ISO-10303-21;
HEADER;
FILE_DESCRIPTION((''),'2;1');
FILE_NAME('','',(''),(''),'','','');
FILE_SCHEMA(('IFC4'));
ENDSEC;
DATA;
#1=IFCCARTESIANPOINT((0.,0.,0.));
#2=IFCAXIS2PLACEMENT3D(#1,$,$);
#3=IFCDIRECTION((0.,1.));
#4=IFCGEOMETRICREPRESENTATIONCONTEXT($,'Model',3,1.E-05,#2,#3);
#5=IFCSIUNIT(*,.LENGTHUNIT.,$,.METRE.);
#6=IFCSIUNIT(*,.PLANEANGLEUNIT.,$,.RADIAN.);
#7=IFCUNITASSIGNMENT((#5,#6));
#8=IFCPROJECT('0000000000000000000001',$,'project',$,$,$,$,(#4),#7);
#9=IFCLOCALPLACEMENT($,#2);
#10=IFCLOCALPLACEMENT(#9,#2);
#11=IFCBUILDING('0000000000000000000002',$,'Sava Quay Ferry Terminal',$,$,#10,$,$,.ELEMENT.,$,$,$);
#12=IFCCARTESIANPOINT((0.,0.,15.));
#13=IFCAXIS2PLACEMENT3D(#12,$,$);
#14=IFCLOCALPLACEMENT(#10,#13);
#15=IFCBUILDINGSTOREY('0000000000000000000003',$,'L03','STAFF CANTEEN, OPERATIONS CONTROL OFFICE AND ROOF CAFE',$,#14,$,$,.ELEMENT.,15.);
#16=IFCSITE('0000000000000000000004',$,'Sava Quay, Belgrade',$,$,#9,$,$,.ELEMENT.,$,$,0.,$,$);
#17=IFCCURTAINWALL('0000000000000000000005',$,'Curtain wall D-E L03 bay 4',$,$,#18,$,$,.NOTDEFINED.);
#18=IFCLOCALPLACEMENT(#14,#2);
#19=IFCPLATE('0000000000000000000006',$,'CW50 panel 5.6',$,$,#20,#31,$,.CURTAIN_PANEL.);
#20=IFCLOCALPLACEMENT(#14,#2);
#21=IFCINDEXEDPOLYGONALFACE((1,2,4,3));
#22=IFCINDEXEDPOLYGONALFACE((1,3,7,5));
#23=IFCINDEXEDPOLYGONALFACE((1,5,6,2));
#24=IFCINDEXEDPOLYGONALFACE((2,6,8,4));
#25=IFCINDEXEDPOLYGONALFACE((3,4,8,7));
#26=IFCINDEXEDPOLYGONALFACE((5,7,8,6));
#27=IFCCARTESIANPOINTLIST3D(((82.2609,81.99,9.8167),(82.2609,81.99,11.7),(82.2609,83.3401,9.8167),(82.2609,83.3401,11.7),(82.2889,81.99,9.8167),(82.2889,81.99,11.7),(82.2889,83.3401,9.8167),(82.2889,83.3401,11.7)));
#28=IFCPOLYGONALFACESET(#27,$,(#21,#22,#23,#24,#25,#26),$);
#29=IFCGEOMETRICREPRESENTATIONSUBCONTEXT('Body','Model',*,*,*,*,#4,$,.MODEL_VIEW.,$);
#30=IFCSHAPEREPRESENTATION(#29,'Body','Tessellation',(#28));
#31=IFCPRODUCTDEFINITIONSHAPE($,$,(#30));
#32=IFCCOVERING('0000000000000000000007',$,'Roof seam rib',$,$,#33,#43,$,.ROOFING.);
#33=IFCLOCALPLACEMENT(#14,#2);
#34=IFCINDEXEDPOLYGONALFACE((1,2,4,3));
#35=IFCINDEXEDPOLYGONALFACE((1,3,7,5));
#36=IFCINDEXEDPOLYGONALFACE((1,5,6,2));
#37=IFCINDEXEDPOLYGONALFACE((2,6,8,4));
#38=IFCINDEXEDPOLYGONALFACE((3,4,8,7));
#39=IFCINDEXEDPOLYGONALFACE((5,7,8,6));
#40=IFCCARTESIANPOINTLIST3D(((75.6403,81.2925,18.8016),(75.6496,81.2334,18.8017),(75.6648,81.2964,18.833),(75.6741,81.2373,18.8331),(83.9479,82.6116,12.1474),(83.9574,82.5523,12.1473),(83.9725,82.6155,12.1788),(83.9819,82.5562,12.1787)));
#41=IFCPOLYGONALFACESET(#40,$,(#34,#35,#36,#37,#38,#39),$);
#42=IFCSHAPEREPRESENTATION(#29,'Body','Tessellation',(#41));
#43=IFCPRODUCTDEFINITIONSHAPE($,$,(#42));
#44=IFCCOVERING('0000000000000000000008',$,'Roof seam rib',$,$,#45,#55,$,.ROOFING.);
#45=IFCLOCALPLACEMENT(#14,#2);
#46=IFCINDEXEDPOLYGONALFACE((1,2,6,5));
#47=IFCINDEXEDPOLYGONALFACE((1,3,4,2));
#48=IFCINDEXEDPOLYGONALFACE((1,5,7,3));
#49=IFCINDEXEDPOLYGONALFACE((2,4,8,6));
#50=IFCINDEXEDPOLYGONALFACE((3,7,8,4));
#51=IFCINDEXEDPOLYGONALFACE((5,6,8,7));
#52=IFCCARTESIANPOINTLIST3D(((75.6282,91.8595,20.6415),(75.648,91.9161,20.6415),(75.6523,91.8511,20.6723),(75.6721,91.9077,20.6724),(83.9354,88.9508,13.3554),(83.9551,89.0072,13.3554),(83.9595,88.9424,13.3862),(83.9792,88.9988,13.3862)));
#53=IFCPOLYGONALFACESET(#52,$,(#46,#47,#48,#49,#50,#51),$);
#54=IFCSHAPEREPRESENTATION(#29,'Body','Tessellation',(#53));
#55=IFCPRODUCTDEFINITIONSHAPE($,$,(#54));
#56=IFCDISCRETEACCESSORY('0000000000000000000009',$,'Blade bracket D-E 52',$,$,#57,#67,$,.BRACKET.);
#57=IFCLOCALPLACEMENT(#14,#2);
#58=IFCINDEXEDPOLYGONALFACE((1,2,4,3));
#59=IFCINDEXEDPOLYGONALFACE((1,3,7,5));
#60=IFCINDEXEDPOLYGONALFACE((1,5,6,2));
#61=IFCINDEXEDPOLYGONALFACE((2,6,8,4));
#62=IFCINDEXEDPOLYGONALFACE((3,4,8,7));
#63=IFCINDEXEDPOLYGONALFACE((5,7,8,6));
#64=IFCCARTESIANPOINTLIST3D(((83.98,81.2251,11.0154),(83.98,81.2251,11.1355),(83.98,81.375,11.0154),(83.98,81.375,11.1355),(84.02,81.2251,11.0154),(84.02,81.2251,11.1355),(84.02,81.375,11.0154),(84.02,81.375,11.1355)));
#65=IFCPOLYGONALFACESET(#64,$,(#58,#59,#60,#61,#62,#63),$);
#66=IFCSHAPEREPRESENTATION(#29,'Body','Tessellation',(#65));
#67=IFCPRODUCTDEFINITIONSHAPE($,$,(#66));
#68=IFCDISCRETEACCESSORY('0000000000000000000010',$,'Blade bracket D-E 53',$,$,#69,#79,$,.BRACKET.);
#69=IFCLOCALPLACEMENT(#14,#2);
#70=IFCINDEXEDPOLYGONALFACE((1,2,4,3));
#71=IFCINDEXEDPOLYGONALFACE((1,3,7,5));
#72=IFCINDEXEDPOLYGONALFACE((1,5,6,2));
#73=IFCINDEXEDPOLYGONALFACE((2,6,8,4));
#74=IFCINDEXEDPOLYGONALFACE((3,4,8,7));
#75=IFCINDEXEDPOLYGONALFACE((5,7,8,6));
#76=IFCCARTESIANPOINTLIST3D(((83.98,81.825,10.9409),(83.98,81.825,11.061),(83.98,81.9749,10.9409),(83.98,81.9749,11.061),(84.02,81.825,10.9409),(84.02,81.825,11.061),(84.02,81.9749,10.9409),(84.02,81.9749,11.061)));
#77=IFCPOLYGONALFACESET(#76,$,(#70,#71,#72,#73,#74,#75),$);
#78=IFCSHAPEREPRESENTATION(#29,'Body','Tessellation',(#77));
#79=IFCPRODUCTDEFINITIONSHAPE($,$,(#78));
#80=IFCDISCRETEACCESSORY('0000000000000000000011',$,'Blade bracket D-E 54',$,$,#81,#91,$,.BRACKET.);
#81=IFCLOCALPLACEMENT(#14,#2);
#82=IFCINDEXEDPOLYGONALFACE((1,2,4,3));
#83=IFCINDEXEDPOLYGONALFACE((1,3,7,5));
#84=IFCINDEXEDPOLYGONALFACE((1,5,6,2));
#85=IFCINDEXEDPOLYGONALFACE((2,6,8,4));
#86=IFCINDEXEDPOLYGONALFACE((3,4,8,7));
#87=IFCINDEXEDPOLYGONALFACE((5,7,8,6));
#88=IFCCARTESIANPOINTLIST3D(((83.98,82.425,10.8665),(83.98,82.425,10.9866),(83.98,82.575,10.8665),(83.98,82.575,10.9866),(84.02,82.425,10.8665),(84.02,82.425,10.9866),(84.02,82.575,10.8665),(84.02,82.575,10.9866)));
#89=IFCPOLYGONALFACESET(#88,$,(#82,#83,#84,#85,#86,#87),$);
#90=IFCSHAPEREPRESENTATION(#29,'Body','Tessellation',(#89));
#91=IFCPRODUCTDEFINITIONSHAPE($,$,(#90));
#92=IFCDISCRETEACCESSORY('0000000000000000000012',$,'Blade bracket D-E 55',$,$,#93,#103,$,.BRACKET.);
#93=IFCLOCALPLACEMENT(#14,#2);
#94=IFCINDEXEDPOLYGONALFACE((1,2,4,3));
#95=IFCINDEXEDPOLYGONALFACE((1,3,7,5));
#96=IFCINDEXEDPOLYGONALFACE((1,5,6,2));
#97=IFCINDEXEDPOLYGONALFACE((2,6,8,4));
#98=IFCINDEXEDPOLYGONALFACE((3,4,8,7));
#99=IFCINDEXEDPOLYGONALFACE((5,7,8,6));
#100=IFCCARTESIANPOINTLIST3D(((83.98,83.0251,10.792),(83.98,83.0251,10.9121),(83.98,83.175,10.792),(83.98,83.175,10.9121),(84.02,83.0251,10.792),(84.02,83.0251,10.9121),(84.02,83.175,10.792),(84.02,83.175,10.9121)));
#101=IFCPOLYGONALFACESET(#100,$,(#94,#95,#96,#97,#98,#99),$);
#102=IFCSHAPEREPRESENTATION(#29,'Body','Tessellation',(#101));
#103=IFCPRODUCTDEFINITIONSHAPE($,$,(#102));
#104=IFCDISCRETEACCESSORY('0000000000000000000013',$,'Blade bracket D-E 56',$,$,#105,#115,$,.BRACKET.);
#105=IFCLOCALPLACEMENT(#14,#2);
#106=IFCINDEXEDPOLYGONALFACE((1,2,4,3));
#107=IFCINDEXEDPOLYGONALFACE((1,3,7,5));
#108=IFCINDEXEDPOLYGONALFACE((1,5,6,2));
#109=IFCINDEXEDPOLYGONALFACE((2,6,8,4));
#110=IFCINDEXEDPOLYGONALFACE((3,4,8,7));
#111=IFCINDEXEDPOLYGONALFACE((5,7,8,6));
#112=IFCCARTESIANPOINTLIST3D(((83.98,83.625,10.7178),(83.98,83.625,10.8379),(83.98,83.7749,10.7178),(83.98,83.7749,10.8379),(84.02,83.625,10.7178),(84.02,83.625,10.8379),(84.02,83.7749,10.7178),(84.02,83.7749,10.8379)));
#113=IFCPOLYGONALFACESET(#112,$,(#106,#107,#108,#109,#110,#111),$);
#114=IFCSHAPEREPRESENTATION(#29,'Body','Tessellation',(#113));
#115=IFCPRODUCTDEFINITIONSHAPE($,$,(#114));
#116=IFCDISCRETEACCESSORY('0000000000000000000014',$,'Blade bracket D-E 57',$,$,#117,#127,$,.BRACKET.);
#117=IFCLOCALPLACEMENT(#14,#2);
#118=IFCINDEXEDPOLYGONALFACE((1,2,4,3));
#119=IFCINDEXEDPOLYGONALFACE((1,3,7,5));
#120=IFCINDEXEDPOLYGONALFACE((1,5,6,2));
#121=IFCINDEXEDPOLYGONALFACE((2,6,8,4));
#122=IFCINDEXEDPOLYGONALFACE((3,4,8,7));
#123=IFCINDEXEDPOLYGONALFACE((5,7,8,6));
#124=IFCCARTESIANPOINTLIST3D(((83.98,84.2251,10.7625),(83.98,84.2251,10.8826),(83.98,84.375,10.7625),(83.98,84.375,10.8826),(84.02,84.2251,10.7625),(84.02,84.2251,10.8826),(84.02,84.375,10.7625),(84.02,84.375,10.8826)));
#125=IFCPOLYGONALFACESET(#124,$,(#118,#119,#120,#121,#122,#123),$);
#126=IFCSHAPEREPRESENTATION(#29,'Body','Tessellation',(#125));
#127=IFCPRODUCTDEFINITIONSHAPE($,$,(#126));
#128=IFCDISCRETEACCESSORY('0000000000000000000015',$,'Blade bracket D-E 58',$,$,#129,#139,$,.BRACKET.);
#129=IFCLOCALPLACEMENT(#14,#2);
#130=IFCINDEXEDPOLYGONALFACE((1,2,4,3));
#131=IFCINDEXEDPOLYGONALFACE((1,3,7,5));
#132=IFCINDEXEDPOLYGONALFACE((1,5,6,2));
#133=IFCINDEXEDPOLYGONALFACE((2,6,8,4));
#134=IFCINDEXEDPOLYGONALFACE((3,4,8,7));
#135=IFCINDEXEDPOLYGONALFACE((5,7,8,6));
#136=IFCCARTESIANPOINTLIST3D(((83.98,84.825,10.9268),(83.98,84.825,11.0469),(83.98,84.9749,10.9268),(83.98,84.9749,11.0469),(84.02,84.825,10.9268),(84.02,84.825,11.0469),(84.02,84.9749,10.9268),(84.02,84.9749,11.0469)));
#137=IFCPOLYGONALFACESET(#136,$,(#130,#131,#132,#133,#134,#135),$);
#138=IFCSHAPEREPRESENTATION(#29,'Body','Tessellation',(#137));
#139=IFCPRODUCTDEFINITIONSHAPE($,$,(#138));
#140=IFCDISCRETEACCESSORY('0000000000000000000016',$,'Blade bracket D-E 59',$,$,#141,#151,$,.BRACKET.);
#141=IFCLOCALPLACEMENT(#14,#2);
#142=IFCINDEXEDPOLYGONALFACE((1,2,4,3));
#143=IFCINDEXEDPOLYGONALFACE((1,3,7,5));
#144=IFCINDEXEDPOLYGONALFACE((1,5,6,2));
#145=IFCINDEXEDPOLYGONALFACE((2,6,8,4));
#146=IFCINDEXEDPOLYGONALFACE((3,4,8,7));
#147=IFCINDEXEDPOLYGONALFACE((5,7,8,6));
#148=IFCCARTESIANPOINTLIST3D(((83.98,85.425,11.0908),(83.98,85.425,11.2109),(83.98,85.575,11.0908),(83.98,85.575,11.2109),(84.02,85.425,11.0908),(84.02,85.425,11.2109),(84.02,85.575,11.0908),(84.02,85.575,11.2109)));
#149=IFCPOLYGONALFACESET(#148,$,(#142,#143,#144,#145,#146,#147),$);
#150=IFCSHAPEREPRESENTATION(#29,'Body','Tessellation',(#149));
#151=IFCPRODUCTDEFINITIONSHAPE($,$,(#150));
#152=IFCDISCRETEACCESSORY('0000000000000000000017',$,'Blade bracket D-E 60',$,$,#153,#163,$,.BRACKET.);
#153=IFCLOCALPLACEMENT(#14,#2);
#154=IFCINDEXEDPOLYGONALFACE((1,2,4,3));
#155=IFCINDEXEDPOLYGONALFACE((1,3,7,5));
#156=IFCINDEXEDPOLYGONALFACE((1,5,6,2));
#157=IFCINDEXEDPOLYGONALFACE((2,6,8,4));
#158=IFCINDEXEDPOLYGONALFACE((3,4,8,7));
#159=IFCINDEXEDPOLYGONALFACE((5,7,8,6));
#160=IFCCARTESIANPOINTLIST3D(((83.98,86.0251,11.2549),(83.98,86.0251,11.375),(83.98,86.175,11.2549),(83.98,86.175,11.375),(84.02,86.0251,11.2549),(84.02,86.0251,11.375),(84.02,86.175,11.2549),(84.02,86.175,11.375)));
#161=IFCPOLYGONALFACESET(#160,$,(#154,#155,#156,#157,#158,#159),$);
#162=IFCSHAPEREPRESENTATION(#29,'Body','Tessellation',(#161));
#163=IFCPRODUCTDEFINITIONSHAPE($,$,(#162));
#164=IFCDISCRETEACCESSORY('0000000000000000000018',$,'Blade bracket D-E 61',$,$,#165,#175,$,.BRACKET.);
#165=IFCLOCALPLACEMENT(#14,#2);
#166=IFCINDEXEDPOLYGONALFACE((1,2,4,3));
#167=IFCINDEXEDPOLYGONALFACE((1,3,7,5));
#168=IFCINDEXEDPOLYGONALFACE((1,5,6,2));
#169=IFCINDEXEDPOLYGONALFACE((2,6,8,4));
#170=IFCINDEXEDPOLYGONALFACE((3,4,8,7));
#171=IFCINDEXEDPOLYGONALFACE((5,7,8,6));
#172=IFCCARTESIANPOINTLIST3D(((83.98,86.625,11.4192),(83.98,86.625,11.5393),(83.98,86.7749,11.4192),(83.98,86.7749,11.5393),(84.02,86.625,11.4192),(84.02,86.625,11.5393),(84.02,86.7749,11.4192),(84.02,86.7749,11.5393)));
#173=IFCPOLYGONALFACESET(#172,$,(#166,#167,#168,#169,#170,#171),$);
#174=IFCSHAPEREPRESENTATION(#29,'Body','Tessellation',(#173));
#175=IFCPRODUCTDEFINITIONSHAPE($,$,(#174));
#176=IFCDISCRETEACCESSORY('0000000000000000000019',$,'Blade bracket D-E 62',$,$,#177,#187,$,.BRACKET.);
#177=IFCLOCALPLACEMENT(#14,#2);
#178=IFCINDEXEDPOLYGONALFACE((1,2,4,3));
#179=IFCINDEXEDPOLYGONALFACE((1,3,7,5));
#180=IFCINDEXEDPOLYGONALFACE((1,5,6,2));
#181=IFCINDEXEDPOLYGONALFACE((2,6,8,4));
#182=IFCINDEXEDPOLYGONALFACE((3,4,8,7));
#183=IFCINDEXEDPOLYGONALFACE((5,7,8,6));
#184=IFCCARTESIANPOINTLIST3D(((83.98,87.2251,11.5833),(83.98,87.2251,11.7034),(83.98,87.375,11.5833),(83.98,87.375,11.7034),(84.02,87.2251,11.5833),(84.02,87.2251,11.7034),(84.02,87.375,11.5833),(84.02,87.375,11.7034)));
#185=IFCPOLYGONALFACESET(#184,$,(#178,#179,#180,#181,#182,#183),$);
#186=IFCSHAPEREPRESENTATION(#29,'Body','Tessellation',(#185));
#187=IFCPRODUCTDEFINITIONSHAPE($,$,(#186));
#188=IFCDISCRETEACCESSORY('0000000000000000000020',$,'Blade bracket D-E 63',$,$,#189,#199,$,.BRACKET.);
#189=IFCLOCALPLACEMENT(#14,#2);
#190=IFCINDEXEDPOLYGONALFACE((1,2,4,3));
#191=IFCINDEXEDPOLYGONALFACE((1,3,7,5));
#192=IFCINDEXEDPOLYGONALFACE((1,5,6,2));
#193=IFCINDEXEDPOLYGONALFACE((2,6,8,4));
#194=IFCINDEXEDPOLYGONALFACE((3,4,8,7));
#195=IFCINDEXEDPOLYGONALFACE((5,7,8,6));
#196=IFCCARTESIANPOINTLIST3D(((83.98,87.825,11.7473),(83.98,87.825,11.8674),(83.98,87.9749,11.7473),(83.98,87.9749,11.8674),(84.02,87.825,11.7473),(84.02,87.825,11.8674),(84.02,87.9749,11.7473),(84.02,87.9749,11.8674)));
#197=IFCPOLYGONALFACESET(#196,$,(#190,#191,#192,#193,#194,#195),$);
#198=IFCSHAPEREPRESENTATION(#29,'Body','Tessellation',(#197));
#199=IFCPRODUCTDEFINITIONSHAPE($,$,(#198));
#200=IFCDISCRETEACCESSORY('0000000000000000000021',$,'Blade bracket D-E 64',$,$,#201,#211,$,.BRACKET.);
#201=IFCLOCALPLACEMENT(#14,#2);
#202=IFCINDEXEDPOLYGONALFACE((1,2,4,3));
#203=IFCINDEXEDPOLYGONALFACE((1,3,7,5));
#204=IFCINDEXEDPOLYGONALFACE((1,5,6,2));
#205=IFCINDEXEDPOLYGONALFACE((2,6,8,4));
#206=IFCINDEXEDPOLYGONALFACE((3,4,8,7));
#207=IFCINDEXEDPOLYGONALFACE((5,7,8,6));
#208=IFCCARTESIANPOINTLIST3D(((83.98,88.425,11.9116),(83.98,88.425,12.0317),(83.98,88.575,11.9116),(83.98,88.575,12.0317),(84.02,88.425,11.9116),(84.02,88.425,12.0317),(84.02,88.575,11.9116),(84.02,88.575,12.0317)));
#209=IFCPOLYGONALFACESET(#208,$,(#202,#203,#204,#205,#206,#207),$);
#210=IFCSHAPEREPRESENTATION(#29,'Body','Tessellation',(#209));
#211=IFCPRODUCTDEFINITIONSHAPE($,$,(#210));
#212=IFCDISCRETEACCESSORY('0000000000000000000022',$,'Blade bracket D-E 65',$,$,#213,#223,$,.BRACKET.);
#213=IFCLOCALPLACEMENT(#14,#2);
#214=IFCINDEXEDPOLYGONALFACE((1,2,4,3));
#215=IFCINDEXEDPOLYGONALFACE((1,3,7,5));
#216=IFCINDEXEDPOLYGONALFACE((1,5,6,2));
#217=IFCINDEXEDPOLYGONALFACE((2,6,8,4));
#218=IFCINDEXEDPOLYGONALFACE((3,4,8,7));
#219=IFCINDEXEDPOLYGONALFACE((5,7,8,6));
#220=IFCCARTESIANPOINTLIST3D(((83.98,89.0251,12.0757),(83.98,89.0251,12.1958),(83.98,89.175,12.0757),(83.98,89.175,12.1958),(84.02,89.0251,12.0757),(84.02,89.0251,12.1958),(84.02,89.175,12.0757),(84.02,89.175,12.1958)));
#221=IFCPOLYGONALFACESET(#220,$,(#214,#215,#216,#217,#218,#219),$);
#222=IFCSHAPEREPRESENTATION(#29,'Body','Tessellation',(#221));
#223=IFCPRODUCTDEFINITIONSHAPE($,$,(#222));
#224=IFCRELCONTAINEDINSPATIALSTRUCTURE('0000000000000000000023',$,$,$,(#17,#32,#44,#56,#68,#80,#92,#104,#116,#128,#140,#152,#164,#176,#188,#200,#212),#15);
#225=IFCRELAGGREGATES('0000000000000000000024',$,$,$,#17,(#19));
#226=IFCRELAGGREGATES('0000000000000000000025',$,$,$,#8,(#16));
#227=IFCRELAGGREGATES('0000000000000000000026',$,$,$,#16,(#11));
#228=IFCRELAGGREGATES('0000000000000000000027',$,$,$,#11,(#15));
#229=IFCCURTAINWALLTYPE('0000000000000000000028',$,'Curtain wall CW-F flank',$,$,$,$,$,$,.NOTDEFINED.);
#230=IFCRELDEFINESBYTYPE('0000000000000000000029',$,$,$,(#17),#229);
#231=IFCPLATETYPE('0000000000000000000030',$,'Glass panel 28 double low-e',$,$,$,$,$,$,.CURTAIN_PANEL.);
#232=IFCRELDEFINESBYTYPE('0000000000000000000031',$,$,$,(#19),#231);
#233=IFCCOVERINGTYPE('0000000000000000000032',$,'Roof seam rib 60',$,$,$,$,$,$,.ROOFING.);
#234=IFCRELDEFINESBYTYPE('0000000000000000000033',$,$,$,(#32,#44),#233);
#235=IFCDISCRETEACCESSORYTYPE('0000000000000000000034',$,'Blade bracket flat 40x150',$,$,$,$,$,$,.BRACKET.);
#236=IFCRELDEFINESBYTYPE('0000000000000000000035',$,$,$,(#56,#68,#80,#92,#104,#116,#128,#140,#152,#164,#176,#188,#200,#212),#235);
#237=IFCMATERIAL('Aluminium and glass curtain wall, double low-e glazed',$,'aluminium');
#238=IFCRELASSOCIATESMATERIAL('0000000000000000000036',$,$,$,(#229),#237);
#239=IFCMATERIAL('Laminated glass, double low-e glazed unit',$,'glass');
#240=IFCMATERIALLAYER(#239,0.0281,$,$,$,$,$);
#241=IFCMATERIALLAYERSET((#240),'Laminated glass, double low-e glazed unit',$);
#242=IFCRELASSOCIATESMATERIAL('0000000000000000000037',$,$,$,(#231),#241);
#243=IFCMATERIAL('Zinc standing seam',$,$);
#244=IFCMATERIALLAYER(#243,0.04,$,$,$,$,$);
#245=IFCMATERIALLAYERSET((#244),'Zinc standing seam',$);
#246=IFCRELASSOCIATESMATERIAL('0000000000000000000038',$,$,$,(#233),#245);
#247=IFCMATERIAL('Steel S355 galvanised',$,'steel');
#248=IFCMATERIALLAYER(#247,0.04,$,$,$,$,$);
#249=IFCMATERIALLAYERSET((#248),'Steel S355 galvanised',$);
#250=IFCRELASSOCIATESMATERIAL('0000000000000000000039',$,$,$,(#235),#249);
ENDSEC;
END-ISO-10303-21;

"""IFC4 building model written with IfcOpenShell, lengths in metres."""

from ifc_helpers import new_model, si_unit, direction, frame, origin, origin_2d, place, context, subcontext, project, spatial, polyline, rectangle, outline, extrude, material, layer, layer_set, type_object, element, aggregate, save


model = new_model("IFC4")

# Units and contexts
model_context = context("Model", 3, precision=1e-05, world=origin(), true_north=direction((0.0, 1.0)))
body_context = subcontext(model_context, "Body", "Model", "MODEL_VIEW")
ifc_project = project(units=[si_unit("LENGTHUNIT", "METRE"), si_unit("PLANEANGLEUNIT", "RADIAN")], contexts=[model_context])

# Site, building, storey
site_placement = place(None, origin())
site = spatial("IfcSite", under=ifc_project, at=site_placement, Name="Sava Quay, Belgrade", CompositionType="ELEMENT", RefElevation=0.0)
building_placement = place(site_placement, origin())
building = spatial("IfcBuilding", under=site, at=building_placement, Name="Sava Quay Ferry Terminal", CompositionType="ELEMENT")
storey_placement = place(building_placement, frame((0.0, 0.0, 15.0)))
storey = spatial("IfcBuildingStorey", under=building, at=storey_placement, Name="L03", Description="STAFF CANTEEN, OPERATIONS CONTROL OFFICE AND ROOF CAFE", CompositionType="ELEMENT", Elevation=15.0)

# Curtain wall, plate
ifc_material_1 = material(Name="Aluminium and glass curtain wall, double low-e glazed", Category="aluminium")
curtain_wall_type = type_object("IfcCurtainWallType", Name="Curtain wall CW-F flank", PredefinedType="NOTDEFINED", material=ifc_material_1)
curtain_wall_placement = place(storey_placement, origin())
curtain_wall = element("IfcCurtainWall", 1, at=curtain_wall_placement, inside=storey, type_object=curtain_wall_type, Name="Curtain wall D-E L03 bay 4", PredefinedType="NOTDEFINED")
ifc_material_2 = material(Name="Laminated glass, double low-e glazed unit", Category="glass")
ifc_layer_1 = layer(ifc_material_2, 0.0281)
ifc_layer_set_1 = layer_set([ifc_layer_1], Name="Laminated glass, double low-e glazed unit")
plate_type = type_object("IfcPlateType", Name="Glass panel 28 double low-e", PredefinedType="CURTAIN_PANEL", material=ifc_layer_set_1)
plate_1_placement = place(storey_placement, frame((82.2749, 82.665, 9.8167), z_axis=(0.0, 0.0, 1.0), x_axis=(0.0, 1.0, 0.0)))
plate_1 = element("IfcPlate", 2, at=plate_1_placement, type_object=plate_type, Name="CW50 panel 5.6", PredefinedType="CURTAIN_PANEL", context=body_context, shape_type="SweptSolid", body=[
    extrude(rectangle(XDim=1.3501, YDim=0.0281, at=origin_2d()), origin(), (0.0, 0.0, 1.0), 1.8833),
])
aggregate(curtain_wall, [plate_1])

# Coverings
ifc_material_3 = material(Name="Zinc standing seam")
ifc_layer_2 = layer(ifc_material_3, 0.04)
ifc_layer_set_2 = layer_set([ifc_layer_2], Name="Zinc standing seam")
covering_type = type_object("IfcCoveringType", Name="Roof seam rib 60", PredefinedType="ROOFING", material=ifc_layer_set_2)
covering_1_placement = place(storey_placement, frame((83.9819, 82.5562, 12.1787), z_axis=(0.61274, 0.09728, 0.784274), x_axis=(-0.774575, -0.122961, 0.620414)))
element("IfcCovering", 3, at=covering_1_placement, inside=storey, type_object=covering_type, Name="Roof seam rib", PredefinedType="ROOFING", context=body_context, shape_type="SweptSolid", body=[
    extrude(outline(polyline([(0.0, 0.0), (10.7257, 0.0), (10.7256, -0.0598), (0.0001, -0.0601), (0.0, 0.0)])), origin(), (0.0, 0.0, -1.0), 0.04),
])
covering_2_placement = place(storey_placement, frame((83.9595, 88.9424, 13.3862), z_axis=(0.601891, -0.210597, 0.770309), x_axis=(-0.72703, 0.254565, 0.637671)))
element("IfcCovering", 4, at=covering_2_placement, inside=storey, type_object=covering_type, Name="Roof seam rib", PredefinedType="ROOFING", context=body_context, shape_type="SweptSolid", body=[
    extrude(outline(polyline([(0.0, 0.0), (11.4261, 0.0), (11.4262, -0.06), (0.0, -0.0598), (0.0, 0.0)])), origin(), (0.0, 0.0, -1.0), 0.04),
])

# Discrete accessories
ifc_material_4 = material(Name="Steel S355 galvanised", Category="steel")
ifc_layer_3 = layer(ifc_material_4, 0.04)
ifc_layer_set_3 = layer_set([ifc_layer_3], Name="Steel S355 galvanised")
discrete_accessory_type = type_object("IfcDiscreteAccessoryType", Name="Blade bracket flat 40x150", PredefinedType="BRACKET", material=ifc_layer_set_3)
for number, where, z_axis, x_axis, name in (
    (5, (84.0, 81.3, 11.0154), (0.0, 0.0, 1.0), (1.0, 0.0, 0.0), "Blade bracket D-E 52"),
    (6, (84.0, 81.8999, 10.9409), (0.0, 0.0, 1.0), (1.0, 0.0, 0.0), "Blade bracket D-E 53"),
    (7, (84.0, 82.5, 10.8665), (0.0, 0.0, 1.0), (1.0, 0.0, 0.0), "Blade bracket D-E 54"),
    (8, (84.0, 83.1001, 10.792), (0.0, 0.0, 1.0), (1.0, 0.0, 0.0), "Blade bracket D-E 55"),
    (9, (84.0, 83.7, 10.7178), (0.0, 0.0, 1.0), (1.0, 0.0, 0.0), "Blade bracket D-E 56"),
    (10, (84.0, 84.3, 10.7625), (0.0, 0.0, 1.0), (1.0, 0.0, 0.0), "Blade bracket D-E 57"),
    (11, (84.0, 84.8999, 10.9268), (0.0, 0.0, 1.0), (1.0, 0.0, 0.0), "Blade bracket D-E 58"),
    (12, (84.0, 85.5, 11.0908), (0.0, 0.0, 1.0), (1.0, 0.0, 0.0), "Blade bracket D-E 59"),
    (13, (84.0, 86.1001, 11.2549), (0.0, 0.0, 1.0), (1.0, 0.0, 0.0), "Blade bracket D-E 60"),
    (14, (84.0, 86.7, 11.4192), (0.0, 0.0, 1.0), (1.0, 0.0, 0.0), "Blade bracket D-E 61"),
    (15, (84.0, 87.3, 11.5833), (0.0, 0.0, 1.0), (1.0, 0.0, 0.0), "Blade bracket D-E 62"),
    (16, (84.0, 87.8999, 11.7473), (0.0, 0.0, 1.0), (1.0, 0.0, 0.0), "Blade bracket D-E 63"),
    (17, (84.0, 88.5, 11.9116), (0.0, 0.0, 1.0), (1.0, 0.0, 0.0), "Blade bracket D-E 64"),
    (18, (84.0, 89.1001, 12.0757), (0.0, 0.0, 1.0), (1.0, 0.0, 0.0), "Blade bracket D-E 65"),
):
    element("IfcDiscreteAccessory", number, at=place(storey_placement, frame(where, z_axis=z_axis, x_axis=x_axis)), inside=storey, type_object=discrete_accessory_type, Name=name, PredefinedType="BRACKET", context=body_context, shape_type="SweptSolid", body=[
        extrude(rectangle(XDim=0.04, YDim=0.1499, at=origin_2d()), origin(), (0.0, 0.0, 1.0), 0.1201),
    ])

save(model, "model.ifc")
